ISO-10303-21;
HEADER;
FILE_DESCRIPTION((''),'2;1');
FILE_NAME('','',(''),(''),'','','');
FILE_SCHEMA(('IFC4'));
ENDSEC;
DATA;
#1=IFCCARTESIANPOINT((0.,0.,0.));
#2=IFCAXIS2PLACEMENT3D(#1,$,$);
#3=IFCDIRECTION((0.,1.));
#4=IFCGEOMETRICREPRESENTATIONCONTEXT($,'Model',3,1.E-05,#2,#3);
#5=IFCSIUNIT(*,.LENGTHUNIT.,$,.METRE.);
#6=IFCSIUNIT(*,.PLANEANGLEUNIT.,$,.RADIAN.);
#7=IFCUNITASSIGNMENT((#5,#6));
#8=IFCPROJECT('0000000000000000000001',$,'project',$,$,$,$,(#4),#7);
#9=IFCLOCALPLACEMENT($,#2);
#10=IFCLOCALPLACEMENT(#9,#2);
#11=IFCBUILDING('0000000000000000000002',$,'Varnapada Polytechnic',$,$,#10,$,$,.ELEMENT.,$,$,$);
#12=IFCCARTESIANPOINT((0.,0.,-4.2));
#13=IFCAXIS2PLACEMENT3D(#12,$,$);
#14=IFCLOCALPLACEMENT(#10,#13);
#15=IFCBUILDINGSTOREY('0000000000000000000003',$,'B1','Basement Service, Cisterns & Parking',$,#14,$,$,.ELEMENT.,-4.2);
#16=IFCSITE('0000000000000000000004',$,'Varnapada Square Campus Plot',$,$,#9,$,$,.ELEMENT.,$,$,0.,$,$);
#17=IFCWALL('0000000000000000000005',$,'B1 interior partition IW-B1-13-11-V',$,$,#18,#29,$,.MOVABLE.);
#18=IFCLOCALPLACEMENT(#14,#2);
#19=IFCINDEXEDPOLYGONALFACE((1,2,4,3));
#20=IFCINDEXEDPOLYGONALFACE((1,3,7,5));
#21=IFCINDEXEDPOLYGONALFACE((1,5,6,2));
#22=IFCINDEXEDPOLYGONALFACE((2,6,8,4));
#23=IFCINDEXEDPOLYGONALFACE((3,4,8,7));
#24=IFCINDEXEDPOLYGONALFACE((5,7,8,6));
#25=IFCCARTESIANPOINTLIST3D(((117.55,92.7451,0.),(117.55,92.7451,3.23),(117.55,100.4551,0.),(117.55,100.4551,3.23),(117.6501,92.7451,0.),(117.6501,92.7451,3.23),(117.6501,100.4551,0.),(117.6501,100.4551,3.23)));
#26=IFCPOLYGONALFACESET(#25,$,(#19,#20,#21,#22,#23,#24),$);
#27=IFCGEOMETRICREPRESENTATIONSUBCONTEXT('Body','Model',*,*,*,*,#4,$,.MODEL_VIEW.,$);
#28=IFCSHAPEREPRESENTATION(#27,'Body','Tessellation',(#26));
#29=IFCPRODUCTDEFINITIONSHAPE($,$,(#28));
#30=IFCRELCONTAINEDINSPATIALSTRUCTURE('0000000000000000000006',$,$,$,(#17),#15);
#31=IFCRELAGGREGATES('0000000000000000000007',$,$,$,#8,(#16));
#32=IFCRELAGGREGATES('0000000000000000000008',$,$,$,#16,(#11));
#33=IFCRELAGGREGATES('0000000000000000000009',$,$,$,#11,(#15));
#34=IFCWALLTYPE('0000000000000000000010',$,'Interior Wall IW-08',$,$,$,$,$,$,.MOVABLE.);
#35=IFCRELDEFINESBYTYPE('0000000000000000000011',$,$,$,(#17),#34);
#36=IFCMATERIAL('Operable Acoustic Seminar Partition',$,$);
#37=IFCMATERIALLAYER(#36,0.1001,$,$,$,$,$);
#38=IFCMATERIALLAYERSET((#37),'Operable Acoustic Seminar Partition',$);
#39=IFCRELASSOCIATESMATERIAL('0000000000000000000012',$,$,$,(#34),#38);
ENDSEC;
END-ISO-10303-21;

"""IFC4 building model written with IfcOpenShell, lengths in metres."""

from ifc_helpers import new_model, si_unit, direction, frame, frame_2d, origin, place, context, subcontext, project, spatial, rectangle, extrude, material, layer, layer_set, type_object, element, save


model = new_model("IFC4")

# Units and contexts
model_context = context("Model", 3, precision=1e-05, world=origin(), true_north=direction((0.0, 1.0)))
body_context = subcontext(model_context, "Body", "Model", "MODEL_VIEW")
ifc_project = project(units=[si_unit("LENGTHUNIT", "METRE"), si_unit("PLANEANGLEUNIT", "RADIAN")], contexts=[model_context])

# Site, building, storey
site_placement = place(None, origin())
site = spatial("IfcSite", under=ifc_project, at=site_placement, Name="Varnapada Square Campus Plot", CompositionType="ELEMENT", RefElevation=0.0)
building_placement = place(site_placement, origin())
building = spatial("IfcBuilding", under=site, at=building_placement, Name="Varnapada Polytechnic", CompositionType="ELEMENT")
storey_placement = place(building_placement, frame((0.0, 0.0, -4.2)))
storey = spatial("IfcBuildingStorey", under=building, at=storey_placement, Name="B1", Description="Basement Service, Cisterns & Parking", CompositionType="ELEMENT", Elevation=-4.2)

# Wall
ifc_material_1 = material(Name="Operable Acoustic Seminar Partition")
ifc_layer_1 = layer(ifc_material_1, 0.1001)
ifc_layer_set_1 = layer_set([ifc_layer_1], Name="Operable Acoustic Seminar Partition")
wall_type_1 = type_object("IfcWallType", Name="Interior Wall IW-08", PredefinedType="MOVABLE", material=ifc_layer_set_1)
wall_1_placement = place(storey_placement, frame((117.6001, 92.7451, 0.0), z_axis=(0.0, 0.0, 1.0), x_axis=(0.0, 1.0, 0.0)))
element("IfcWall", 1, at=wall_1_placement, inside=storey, type_object=wall_type_1, Name="B1 interior partition IW-B1-13-11-V", PredefinedType="MOVABLE", context=body_context, shape_type="SweptSolid", body=[
    extrude(rectangle(XDim=7.71, YDim=0.1001, at=frame_2d((3.855, 0.0))), origin(), (0.0, 0.0, 1.0), 3.23),
])

save(model, "model.ifc")
